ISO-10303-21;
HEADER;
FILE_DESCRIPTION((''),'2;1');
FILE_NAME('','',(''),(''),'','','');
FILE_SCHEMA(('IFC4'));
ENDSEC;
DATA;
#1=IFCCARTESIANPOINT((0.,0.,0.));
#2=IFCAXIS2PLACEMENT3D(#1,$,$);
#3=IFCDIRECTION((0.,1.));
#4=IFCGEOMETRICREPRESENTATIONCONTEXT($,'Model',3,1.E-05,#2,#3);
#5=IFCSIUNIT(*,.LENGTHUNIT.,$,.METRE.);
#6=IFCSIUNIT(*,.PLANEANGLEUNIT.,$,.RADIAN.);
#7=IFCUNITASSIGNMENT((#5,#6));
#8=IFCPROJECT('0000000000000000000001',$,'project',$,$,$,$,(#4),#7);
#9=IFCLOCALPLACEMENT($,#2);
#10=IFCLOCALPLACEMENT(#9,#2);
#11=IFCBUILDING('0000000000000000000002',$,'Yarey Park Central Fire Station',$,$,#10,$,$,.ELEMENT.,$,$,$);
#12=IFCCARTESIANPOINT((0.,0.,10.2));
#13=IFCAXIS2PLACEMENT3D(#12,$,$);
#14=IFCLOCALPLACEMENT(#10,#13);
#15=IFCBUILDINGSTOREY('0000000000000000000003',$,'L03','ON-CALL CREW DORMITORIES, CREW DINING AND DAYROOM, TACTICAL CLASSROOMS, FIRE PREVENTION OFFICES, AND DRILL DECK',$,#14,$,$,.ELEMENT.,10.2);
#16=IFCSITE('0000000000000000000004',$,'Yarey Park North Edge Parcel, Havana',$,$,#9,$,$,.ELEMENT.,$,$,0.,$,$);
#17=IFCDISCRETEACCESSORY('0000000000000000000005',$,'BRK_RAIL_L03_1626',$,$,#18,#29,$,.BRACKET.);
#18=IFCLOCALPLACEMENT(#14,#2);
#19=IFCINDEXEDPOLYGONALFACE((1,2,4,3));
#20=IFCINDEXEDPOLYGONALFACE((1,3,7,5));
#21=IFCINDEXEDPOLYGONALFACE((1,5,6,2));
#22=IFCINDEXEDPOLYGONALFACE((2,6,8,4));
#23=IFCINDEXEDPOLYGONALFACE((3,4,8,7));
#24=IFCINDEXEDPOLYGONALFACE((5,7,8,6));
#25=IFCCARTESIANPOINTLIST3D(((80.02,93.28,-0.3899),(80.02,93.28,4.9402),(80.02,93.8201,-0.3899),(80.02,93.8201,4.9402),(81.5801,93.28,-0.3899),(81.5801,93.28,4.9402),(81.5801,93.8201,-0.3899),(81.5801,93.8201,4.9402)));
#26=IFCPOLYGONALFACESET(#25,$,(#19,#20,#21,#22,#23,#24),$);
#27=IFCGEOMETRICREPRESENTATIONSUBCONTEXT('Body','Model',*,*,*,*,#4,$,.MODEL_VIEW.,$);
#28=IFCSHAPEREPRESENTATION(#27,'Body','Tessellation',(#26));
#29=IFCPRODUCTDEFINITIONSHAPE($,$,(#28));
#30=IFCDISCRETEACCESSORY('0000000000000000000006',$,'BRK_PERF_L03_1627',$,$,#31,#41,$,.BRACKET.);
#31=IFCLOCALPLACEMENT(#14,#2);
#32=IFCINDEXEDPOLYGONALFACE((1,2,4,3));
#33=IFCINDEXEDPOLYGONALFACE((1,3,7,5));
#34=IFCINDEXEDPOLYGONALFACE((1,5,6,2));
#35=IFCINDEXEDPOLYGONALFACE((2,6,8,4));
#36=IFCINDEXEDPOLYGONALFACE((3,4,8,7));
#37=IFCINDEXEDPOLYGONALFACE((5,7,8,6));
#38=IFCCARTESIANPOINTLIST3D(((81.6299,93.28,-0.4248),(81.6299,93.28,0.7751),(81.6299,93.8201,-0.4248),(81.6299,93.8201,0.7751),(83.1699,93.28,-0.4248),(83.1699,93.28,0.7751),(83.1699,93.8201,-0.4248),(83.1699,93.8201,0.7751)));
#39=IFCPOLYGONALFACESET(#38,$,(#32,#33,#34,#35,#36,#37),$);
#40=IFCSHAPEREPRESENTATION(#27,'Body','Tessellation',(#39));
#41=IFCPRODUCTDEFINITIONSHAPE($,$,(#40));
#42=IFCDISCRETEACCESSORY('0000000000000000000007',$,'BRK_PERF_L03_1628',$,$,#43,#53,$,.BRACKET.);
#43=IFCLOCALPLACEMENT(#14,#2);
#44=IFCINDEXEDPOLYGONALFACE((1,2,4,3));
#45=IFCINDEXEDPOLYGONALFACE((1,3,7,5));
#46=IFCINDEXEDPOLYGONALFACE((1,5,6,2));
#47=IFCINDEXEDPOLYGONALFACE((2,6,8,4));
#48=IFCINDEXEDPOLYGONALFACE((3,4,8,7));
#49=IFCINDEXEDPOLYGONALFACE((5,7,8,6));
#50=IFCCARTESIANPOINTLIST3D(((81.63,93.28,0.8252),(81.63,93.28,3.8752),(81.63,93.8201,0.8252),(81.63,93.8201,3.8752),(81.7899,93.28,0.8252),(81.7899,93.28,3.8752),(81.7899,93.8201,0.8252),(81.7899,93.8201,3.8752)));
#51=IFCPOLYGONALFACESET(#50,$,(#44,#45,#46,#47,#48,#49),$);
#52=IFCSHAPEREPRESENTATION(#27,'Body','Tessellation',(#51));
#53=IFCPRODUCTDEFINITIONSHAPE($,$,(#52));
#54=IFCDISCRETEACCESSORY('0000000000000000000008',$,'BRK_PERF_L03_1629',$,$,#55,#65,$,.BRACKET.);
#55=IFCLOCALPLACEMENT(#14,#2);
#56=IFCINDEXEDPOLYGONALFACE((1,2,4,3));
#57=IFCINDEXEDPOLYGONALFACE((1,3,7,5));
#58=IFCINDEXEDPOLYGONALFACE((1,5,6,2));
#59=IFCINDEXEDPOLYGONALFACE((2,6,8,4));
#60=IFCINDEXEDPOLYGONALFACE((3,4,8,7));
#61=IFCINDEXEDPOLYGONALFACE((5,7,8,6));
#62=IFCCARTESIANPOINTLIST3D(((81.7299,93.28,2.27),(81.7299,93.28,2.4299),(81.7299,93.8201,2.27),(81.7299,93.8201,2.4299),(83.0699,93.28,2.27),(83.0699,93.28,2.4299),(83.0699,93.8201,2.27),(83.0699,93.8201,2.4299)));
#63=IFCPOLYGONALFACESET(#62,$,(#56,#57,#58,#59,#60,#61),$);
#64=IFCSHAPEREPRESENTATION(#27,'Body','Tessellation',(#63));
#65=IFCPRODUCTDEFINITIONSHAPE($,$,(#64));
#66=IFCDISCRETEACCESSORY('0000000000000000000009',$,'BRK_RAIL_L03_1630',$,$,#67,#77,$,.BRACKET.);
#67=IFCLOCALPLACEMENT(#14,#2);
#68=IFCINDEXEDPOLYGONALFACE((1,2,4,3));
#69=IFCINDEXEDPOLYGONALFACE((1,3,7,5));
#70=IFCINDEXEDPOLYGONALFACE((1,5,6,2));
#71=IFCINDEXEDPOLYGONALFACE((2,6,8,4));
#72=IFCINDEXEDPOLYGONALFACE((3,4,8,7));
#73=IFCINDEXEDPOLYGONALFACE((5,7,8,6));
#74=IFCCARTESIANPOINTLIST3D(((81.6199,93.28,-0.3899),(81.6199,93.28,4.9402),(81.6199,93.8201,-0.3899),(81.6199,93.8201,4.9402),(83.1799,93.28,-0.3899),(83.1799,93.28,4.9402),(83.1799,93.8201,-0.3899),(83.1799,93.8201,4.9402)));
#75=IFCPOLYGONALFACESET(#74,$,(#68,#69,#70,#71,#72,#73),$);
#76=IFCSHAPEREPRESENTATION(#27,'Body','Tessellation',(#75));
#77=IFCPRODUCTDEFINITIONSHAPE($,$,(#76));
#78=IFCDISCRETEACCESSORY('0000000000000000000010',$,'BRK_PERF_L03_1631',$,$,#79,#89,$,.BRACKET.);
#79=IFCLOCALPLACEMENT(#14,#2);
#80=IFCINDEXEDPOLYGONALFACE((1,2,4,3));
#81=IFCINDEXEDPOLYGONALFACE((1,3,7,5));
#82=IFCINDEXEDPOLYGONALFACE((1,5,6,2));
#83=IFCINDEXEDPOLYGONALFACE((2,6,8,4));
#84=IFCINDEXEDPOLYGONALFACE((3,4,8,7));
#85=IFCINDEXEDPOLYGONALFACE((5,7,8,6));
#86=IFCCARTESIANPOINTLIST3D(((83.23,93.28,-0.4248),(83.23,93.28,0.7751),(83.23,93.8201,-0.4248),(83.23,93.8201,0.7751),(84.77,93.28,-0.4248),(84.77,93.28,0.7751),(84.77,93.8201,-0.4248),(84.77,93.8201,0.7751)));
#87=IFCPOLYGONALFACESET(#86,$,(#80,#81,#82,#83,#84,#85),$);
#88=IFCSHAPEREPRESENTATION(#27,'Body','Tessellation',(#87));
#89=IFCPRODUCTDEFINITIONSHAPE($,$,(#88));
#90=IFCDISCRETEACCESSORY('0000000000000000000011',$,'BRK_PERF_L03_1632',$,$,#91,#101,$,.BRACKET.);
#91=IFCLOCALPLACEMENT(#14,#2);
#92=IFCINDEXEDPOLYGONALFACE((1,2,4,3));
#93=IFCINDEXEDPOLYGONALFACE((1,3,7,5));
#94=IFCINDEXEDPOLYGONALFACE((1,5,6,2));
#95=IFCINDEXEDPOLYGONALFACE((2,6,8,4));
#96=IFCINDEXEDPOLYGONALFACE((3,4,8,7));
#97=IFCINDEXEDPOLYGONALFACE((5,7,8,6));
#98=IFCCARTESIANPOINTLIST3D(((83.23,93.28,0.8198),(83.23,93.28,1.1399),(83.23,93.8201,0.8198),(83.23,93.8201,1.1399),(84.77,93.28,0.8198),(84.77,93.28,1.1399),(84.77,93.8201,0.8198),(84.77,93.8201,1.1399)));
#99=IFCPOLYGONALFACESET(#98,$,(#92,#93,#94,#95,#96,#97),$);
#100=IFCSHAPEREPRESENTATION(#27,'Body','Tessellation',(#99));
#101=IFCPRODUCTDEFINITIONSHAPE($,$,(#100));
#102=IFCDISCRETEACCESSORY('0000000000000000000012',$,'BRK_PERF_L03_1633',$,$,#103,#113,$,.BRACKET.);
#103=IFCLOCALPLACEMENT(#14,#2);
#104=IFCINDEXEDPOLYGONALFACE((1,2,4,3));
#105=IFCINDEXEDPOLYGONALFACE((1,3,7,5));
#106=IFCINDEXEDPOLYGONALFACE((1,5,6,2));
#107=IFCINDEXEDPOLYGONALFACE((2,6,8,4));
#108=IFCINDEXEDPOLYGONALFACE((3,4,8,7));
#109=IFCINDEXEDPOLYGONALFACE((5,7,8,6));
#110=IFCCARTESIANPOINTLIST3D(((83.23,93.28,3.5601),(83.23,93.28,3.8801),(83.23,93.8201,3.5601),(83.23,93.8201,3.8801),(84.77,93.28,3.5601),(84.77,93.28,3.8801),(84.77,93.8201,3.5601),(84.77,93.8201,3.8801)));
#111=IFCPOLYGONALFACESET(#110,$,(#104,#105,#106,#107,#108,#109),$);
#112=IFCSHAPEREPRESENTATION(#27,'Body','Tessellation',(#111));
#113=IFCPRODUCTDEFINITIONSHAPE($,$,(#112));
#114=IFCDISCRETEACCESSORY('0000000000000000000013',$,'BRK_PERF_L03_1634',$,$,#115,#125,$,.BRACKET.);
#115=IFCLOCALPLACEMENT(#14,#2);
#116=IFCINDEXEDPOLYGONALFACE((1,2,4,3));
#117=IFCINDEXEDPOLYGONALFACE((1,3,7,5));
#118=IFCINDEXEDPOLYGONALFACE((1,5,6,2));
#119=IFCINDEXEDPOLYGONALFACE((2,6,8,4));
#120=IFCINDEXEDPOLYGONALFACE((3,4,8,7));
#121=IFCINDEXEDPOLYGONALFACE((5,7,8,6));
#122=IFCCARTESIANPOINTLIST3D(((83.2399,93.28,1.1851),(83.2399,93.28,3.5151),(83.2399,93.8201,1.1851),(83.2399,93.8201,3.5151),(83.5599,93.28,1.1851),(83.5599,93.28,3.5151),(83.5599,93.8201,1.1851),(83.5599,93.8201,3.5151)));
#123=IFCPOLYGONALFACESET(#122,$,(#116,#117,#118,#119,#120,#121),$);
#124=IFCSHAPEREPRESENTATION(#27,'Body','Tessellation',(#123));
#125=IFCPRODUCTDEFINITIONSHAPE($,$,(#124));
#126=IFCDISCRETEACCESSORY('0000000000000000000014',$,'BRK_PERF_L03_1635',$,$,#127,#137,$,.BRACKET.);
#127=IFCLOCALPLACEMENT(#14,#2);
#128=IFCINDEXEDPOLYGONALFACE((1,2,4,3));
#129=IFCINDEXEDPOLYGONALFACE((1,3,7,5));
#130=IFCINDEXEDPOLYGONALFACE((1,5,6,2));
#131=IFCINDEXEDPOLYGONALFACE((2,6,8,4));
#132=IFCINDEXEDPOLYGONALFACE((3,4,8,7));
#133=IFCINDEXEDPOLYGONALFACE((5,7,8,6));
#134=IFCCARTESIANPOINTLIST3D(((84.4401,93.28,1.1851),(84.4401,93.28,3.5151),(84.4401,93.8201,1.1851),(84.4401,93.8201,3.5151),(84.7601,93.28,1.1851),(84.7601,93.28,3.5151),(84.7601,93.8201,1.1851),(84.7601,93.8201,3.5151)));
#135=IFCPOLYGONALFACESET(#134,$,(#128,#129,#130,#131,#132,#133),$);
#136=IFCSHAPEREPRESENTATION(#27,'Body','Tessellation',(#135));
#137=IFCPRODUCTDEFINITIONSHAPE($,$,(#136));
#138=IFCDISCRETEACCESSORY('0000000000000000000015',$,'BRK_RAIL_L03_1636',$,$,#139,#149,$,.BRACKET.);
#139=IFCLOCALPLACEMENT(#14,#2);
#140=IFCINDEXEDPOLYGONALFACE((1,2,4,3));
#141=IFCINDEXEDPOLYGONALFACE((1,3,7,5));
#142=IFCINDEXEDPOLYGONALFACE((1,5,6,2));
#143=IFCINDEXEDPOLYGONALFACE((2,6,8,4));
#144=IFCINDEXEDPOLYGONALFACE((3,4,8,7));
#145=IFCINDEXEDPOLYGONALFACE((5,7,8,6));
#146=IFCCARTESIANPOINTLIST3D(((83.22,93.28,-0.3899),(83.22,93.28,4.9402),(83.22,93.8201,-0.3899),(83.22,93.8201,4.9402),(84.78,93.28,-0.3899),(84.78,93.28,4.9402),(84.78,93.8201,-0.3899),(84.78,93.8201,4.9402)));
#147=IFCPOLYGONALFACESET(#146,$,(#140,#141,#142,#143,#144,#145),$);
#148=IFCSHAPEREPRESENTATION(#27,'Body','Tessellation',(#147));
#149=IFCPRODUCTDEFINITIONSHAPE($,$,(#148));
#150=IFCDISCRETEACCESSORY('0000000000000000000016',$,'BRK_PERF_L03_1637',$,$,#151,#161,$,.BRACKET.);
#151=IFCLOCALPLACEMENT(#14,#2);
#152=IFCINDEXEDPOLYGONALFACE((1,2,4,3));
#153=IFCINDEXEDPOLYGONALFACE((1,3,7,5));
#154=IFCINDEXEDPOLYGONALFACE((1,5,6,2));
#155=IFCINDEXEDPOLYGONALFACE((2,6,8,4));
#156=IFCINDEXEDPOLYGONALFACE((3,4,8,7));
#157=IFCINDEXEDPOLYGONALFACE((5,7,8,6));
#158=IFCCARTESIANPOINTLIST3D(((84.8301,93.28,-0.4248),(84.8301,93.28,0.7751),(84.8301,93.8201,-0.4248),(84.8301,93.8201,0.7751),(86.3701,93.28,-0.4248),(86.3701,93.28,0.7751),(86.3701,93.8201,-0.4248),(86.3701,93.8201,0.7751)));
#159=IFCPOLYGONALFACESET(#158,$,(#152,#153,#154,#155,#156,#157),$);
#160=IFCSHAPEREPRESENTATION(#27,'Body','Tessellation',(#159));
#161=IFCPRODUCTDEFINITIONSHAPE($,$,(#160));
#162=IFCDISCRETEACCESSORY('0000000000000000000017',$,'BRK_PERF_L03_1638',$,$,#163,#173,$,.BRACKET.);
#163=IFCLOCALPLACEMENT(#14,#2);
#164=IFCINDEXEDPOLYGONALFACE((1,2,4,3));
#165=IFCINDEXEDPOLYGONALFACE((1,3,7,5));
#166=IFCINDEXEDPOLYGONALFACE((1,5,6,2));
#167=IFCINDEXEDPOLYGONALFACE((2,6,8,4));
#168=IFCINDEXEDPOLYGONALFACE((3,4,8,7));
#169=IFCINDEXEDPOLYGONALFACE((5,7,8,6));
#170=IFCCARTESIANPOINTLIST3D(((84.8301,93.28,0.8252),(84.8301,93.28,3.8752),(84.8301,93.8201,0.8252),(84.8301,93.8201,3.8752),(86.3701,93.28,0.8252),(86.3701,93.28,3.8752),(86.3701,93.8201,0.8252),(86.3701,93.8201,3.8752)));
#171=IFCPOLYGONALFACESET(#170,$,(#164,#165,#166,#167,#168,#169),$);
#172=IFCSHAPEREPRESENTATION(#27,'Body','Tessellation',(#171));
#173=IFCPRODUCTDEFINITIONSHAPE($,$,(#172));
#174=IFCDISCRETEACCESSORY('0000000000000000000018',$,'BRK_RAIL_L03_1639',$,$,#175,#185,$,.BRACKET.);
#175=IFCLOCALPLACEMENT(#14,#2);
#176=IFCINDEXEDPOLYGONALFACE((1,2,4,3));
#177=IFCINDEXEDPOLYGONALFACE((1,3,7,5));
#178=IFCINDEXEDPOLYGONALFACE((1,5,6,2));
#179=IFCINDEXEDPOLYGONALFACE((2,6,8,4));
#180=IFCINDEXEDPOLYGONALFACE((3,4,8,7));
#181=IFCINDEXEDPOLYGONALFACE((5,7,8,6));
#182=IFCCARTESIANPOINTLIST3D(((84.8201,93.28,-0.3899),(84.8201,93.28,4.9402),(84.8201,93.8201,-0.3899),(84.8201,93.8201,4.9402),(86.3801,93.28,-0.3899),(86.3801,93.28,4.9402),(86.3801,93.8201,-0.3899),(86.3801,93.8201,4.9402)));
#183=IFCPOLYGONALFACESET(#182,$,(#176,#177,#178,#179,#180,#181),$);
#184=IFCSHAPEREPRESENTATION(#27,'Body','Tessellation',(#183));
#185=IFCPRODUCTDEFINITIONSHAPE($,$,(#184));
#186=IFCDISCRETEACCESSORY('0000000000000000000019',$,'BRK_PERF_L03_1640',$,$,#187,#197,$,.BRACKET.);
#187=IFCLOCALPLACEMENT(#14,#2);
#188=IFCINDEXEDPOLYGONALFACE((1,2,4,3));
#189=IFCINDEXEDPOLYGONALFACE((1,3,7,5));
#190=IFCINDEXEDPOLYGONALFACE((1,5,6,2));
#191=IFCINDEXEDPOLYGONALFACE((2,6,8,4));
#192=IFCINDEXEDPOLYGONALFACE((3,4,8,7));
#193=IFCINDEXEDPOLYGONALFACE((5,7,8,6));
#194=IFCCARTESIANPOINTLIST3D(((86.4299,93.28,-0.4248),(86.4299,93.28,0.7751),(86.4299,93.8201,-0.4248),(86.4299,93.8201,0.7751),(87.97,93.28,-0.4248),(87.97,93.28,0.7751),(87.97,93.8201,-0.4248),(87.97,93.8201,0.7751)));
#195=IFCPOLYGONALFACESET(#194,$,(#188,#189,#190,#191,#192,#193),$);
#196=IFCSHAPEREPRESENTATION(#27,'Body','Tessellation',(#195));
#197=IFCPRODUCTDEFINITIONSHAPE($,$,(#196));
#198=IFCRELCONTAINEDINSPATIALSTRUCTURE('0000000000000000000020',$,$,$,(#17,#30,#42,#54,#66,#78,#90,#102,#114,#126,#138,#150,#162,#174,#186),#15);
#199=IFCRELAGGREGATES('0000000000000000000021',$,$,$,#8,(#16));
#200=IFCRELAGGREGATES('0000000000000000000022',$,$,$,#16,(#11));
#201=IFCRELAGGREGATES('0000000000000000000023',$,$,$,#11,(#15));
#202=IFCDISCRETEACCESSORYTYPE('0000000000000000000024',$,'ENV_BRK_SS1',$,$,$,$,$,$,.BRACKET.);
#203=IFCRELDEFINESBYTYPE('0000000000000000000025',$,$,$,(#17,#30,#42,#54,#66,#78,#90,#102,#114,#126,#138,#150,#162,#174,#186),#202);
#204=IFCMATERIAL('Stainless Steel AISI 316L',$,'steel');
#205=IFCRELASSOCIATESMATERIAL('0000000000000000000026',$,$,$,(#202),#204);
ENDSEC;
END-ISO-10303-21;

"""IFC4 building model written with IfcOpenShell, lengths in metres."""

from ifc_helpers import new_model, si_unit, direction, frame, origin, origin_2d, place, context, subcontext, project, spatial, rectangle, extrude, material, type_object, element, save


model = new_model("IFC4")

# Units and contexts
model_context = context("Model", 3, precision=1e-05, world=origin(), true_north=direction((0.0, 1.0)))
body_context = subcontext(model_context, "Body", "Model", "MODEL_VIEW")
ifc_project = project(units=[si_unit("LENGTHUNIT", "METRE"), si_unit("PLANEANGLEUNIT", "RADIAN")], contexts=[model_context])

# Site, building, storey
site_placement = place(None, origin())
site = spatial("IfcSite", under=ifc_project, at=site_placement, Name="Yarey Park North Edge Parcel, Havana", CompositionType="ELEMENT", RefElevation=0.0)
building_placement = place(site_placement, origin())
building = spatial("IfcBuilding", under=site, at=building_placement, Name="Yarey Park Central Fire Station", CompositionType="ELEMENT")
storey_placement = place(building_placement, frame((0.0, 0.0, 10.2)))
storey = spatial("IfcBuildingStorey", under=building, at=storey_placement, Name="L03", Description="ON-CALL CREW DORMITORIES, CREW DINING AND DAYROOM, TACTICAL CLASSROOMS, FIRE PREVENTION OFFICES, AND DRILL DECK", CompositionType="ELEMENT", Elevation=10.2)

# Discrete accessories
ifc_material_1 = material(Name="Stainless Steel AISI 316L", Category="steel")
discrete_accessory_type = type_object("IfcDiscreteAccessoryType", Name="ENV_BRK_SS1", PredefinedType="BRACKET", material=ifc_material_1)
discrete_accessory_1_placement = place(storey_placement, frame((80.8, 93.55, -0.3899), z_axis=(0.0, 0.0, 1.0), x_axis=(1.0, 0.0, 0.0)))
element("IfcDiscreteAccessory", 1, at=discrete_accessory_1_placement, inside=storey, type_object=discrete_accessory_type, Name="BRK_RAIL_L03_1626", PredefinedType="BRACKET", context=body_context, shape_type="SweptSolid", body=[
    extrude(rectangle(XDim=1.5601, YDim=0.54, at=origin_2d()), origin(), (0.0, 0.0, 1.0), 5.3301),
])
discrete_accessory_2_placement = place(storey_placement, frame((82.3999, 93.55, -0.4248), z_axis=(0.0, 0.0, 1.0), x_axis=(1.0, 0.0, 0.0)))
element("IfcDiscreteAccessory", 2, at=discrete_accessory_2_placement, inside=storey, type_object=discrete_accessory_type, Name="BRK_PERF_L03_1627", PredefinedType="BRACKET", context=body_context, shape_type="SweptSolid", body=[
    extrude(rectangle(XDim=1.54, YDim=0.54, at=origin_2d()), origin(), (0.0, 0.0, 1.0), 1.2),
])
discrete_accessory_3_placement = place(storey_placement, frame((81.71, 93.55, 0.8252), z_axis=(0.0, 0.0, 1.0), x_axis=(1.0, 0.0, 0.0)))
element("IfcDiscreteAccessory", 3, at=discrete_accessory_3_placement, inside=storey, type_object=discrete_accessory_type, Name="BRK_PERF_L03_1628", PredefinedType="BRACKET", context=body_context, shape_type="SweptSolid", body=[
    extrude(rectangle(XDim=0.1599, YDim=0.54, at=origin_2d()), origin(), (0.0, 0.0, 1.0), 3.05),
])
discrete_accessory_4_placement = place(storey_placement, frame((82.3999, 93.55, 2.27), z_axis=(0.0, 0.0, 1.0), x_axis=(1.0, 0.0, 0.0)))
element("IfcDiscreteAccessory", 4, at=discrete_accessory_4_placement, inside=storey, type_object=discrete_accessory_type, Name="BRK_PERF_L03_1629", PredefinedType="BRACKET", context=body_context, shape_type="SweptSolid", body=[
    extrude(rectangle(XDim=1.3401, YDim=0.54, at=origin_2d()), origin(), (0.0, 0.0, 1.0), 0.1599),
])
discrete_accessory_5_placement = place(storey_placement, frame((82.3999, 93.55, -0.3899), z_axis=(0.0, 0.0, 1.0), x_axis=(1.0, 0.0, 0.0)))
element("IfcDiscreteAccessory", 5, at=discrete_accessory_5_placement, inside=storey, type_object=discrete_accessory_type, Name="BRK_RAIL_L03_1630", PredefinedType="BRACKET", context=body_context, shape_type="SweptSolid", body=[
    extrude(rectangle(XDim=1.5601, YDim=0.54, at=origin_2d()), origin(), (0.0, 0.0, 1.0), 5.3301),
])
discrete_accessory_6_placement = place(storey_placement, frame((84.0, 93.55, -0.4248), z_axis=(0.0, 0.0, 1.0), x_axis=(1.0, 0.0, 0.0)))
element("IfcDiscreteAccessory", 6, at=discrete_accessory_6_placement, inside=storey, type_object=discrete_accessory_type, Name="BRK_PERF_L03_1631", PredefinedType="BRACKET", context=body_context, shape_type="SweptSolid", body=[
    extrude(rectangle(XDim=1.54, YDim=0.54, at=origin_2d()), origin(), (0.0, 0.0, 1.0), 1.2),
])
for number, where, z_axis, x_axis, name in (
    (7, (84.0, 93.55, 0.8198), (0.0, 0.0, 1.0), (1.0, 0.0, 0.0), "BRK_PERF_L03_1632"),
    (8, (84.0, 93.55, 3.5601), (0.0, 0.0, 1.0), (1.0, 0.0, 0.0), "BRK_PERF_L03_1633"),
):
    element("IfcDiscreteAccessory", number, at=place(storey_placement, frame(where, z_axis=z_axis, x_axis=x_axis)), inside=storey, type_object=discrete_accessory_type, Name=name, PredefinedType="BRACKET", context=body_context, shape_type="SweptSolid", body=[
        extrude(rectangle(XDim=1.54, YDim=0.54, at=origin_2d()), origin(), (0.0, 0.0, 1.0), 0.3201),
    ])
for number, where, z_axis, x_axis, name in (
    (9, (83.3999, 93.55, 1.1851), (0.0, 0.0, 1.0), (1.0, 0.0, 0.0), "BRK_PERF_L03_1634"),
    (10, (84.6001, 93.55, 1.1851), (0.0, 0.0, 1.0), (1.0, 0.0, 0.0), "BRK_PERF_L03_1635"),
):
    element("IfcDiscreteAccessory", number, at=place(storey_placement, frame(where, z_axis=z_axis, x_axis=x_axis)), inside=storey, type_object=discrete_accessory_type, Name=name, PredefinedType="BRACKET", context=body_context, shape_type="SweptSolid", body=[
        extrude(rectangle(XDim=0.3201, YDim=0.54, at=origin_2d()), origin(), (0.0, 0.0, 1.0), 2.3301),
    ])
discrete_accessory_7_placement = place(storey_placement, frame((84.0, 93.55, -0.3899), z_axis=(0.0, 0.0, 1.0), x_axis=(1.0, 0.0, 0.0)))
element("IfcDiscreteAccessory", 11, at=discrete_accessory_7_placement, inside=storey, type_object=discrete_accessory_type, Name="BRK_RAIL_L03_1636", PredefinedType="BRACKET", context=body_context, shape_type="SweptSolid", body=[
    extrude(rectangle(XDim=1.5601, YDim=0.54, at=origin_2d()), origin(), (0.0, 0.0, 1.0), 5.3301),
])
discrete_accessory_8_placement = place(storey_placement, frame((85.6001, 93.55, -0.4248), z_axis=(0.0, 0.0, 1.0), x_axis=(1.0, 0.0, 0.0)))
element("IfcDiscreteAccessory", 12, at=discrete_accessory_8_placement, inside=storey, type_object=discrete_accessory_type, Name="BRK_PERF_L03_1637", PredefinedType="BRACKET", context=body_context, shape_type="SweptSolid", body=[
    extrude(rectangle(XDim=1.54, YDim=0.54, at=origin_2d()), origin(), (0.0, 0.0, 1.0), 1.2),
])
discrete_accessory_9_placement = place(storey_placement, frame((85.6001, 93.55, 0.8252), z_axis=(0.0, 0.0, 1.0), x_axis=(1.0, 0.0, 0.0)))
element("IfcDiscreteAccessory", 13, at=discrete_accessory_9_placement, inside=storey, type_object=discrete_accessory_type, Name="BRK_PERF_L03_1638", PredefinedType="BRACKET", context=body_context, shape_type="SweptSolid", body=[
    extrude(rectangle(XDim=1.54, YDim=0.54, at=origin_2d()), origin(), (0.0, 0.0, 1.0), 3.05),
])
discrete_accessory_10_placement = place(storey_placement, frame((85.6001, 93.55, -0.3899), z_axis=(0.0, 0.0, 1.0), x_axis=(1.0, 0.0, 0.0)))
element("IfcDiscreteAccessory", 14, at=discrete_accessory_10_placement, inside=storey, type_object=discrete_accessory_type, Name="BRK_RAIL_L03_1639", PredefinedType="BRACKET", context=body_context, shape_type="SweptSolid", body=[
    extrude(rectangle(XDim=1.5601, YDim=0.54, at=origin_2d()), origin(), (0.0, 0.0, 1.0), 5.3301),
])
discrete_accessory_11_placement = place(storey_placement, frame((87.2, 93.55, -0.4248), z_axis=(0.0, 0.0, 1.0), x_axis=(1.0, 0.0, 0.0)))
element("IfcDiscreteAccessory", 15, at=discrete_accessory_11_placement, inside=storey, type_object=discrete_accessory_type, Name="BRK_PERF_L03_1640", PredefinedType="BRACKET", context=body_context, shape_type="SweptSolid", body=[
    extrude(rectangle(XDim=1.54, YDim=0.54, at=origin_2d()), origin(), (0.0, 0.0, 1.0), 1.2),
])

save(model, "model.ifc")
